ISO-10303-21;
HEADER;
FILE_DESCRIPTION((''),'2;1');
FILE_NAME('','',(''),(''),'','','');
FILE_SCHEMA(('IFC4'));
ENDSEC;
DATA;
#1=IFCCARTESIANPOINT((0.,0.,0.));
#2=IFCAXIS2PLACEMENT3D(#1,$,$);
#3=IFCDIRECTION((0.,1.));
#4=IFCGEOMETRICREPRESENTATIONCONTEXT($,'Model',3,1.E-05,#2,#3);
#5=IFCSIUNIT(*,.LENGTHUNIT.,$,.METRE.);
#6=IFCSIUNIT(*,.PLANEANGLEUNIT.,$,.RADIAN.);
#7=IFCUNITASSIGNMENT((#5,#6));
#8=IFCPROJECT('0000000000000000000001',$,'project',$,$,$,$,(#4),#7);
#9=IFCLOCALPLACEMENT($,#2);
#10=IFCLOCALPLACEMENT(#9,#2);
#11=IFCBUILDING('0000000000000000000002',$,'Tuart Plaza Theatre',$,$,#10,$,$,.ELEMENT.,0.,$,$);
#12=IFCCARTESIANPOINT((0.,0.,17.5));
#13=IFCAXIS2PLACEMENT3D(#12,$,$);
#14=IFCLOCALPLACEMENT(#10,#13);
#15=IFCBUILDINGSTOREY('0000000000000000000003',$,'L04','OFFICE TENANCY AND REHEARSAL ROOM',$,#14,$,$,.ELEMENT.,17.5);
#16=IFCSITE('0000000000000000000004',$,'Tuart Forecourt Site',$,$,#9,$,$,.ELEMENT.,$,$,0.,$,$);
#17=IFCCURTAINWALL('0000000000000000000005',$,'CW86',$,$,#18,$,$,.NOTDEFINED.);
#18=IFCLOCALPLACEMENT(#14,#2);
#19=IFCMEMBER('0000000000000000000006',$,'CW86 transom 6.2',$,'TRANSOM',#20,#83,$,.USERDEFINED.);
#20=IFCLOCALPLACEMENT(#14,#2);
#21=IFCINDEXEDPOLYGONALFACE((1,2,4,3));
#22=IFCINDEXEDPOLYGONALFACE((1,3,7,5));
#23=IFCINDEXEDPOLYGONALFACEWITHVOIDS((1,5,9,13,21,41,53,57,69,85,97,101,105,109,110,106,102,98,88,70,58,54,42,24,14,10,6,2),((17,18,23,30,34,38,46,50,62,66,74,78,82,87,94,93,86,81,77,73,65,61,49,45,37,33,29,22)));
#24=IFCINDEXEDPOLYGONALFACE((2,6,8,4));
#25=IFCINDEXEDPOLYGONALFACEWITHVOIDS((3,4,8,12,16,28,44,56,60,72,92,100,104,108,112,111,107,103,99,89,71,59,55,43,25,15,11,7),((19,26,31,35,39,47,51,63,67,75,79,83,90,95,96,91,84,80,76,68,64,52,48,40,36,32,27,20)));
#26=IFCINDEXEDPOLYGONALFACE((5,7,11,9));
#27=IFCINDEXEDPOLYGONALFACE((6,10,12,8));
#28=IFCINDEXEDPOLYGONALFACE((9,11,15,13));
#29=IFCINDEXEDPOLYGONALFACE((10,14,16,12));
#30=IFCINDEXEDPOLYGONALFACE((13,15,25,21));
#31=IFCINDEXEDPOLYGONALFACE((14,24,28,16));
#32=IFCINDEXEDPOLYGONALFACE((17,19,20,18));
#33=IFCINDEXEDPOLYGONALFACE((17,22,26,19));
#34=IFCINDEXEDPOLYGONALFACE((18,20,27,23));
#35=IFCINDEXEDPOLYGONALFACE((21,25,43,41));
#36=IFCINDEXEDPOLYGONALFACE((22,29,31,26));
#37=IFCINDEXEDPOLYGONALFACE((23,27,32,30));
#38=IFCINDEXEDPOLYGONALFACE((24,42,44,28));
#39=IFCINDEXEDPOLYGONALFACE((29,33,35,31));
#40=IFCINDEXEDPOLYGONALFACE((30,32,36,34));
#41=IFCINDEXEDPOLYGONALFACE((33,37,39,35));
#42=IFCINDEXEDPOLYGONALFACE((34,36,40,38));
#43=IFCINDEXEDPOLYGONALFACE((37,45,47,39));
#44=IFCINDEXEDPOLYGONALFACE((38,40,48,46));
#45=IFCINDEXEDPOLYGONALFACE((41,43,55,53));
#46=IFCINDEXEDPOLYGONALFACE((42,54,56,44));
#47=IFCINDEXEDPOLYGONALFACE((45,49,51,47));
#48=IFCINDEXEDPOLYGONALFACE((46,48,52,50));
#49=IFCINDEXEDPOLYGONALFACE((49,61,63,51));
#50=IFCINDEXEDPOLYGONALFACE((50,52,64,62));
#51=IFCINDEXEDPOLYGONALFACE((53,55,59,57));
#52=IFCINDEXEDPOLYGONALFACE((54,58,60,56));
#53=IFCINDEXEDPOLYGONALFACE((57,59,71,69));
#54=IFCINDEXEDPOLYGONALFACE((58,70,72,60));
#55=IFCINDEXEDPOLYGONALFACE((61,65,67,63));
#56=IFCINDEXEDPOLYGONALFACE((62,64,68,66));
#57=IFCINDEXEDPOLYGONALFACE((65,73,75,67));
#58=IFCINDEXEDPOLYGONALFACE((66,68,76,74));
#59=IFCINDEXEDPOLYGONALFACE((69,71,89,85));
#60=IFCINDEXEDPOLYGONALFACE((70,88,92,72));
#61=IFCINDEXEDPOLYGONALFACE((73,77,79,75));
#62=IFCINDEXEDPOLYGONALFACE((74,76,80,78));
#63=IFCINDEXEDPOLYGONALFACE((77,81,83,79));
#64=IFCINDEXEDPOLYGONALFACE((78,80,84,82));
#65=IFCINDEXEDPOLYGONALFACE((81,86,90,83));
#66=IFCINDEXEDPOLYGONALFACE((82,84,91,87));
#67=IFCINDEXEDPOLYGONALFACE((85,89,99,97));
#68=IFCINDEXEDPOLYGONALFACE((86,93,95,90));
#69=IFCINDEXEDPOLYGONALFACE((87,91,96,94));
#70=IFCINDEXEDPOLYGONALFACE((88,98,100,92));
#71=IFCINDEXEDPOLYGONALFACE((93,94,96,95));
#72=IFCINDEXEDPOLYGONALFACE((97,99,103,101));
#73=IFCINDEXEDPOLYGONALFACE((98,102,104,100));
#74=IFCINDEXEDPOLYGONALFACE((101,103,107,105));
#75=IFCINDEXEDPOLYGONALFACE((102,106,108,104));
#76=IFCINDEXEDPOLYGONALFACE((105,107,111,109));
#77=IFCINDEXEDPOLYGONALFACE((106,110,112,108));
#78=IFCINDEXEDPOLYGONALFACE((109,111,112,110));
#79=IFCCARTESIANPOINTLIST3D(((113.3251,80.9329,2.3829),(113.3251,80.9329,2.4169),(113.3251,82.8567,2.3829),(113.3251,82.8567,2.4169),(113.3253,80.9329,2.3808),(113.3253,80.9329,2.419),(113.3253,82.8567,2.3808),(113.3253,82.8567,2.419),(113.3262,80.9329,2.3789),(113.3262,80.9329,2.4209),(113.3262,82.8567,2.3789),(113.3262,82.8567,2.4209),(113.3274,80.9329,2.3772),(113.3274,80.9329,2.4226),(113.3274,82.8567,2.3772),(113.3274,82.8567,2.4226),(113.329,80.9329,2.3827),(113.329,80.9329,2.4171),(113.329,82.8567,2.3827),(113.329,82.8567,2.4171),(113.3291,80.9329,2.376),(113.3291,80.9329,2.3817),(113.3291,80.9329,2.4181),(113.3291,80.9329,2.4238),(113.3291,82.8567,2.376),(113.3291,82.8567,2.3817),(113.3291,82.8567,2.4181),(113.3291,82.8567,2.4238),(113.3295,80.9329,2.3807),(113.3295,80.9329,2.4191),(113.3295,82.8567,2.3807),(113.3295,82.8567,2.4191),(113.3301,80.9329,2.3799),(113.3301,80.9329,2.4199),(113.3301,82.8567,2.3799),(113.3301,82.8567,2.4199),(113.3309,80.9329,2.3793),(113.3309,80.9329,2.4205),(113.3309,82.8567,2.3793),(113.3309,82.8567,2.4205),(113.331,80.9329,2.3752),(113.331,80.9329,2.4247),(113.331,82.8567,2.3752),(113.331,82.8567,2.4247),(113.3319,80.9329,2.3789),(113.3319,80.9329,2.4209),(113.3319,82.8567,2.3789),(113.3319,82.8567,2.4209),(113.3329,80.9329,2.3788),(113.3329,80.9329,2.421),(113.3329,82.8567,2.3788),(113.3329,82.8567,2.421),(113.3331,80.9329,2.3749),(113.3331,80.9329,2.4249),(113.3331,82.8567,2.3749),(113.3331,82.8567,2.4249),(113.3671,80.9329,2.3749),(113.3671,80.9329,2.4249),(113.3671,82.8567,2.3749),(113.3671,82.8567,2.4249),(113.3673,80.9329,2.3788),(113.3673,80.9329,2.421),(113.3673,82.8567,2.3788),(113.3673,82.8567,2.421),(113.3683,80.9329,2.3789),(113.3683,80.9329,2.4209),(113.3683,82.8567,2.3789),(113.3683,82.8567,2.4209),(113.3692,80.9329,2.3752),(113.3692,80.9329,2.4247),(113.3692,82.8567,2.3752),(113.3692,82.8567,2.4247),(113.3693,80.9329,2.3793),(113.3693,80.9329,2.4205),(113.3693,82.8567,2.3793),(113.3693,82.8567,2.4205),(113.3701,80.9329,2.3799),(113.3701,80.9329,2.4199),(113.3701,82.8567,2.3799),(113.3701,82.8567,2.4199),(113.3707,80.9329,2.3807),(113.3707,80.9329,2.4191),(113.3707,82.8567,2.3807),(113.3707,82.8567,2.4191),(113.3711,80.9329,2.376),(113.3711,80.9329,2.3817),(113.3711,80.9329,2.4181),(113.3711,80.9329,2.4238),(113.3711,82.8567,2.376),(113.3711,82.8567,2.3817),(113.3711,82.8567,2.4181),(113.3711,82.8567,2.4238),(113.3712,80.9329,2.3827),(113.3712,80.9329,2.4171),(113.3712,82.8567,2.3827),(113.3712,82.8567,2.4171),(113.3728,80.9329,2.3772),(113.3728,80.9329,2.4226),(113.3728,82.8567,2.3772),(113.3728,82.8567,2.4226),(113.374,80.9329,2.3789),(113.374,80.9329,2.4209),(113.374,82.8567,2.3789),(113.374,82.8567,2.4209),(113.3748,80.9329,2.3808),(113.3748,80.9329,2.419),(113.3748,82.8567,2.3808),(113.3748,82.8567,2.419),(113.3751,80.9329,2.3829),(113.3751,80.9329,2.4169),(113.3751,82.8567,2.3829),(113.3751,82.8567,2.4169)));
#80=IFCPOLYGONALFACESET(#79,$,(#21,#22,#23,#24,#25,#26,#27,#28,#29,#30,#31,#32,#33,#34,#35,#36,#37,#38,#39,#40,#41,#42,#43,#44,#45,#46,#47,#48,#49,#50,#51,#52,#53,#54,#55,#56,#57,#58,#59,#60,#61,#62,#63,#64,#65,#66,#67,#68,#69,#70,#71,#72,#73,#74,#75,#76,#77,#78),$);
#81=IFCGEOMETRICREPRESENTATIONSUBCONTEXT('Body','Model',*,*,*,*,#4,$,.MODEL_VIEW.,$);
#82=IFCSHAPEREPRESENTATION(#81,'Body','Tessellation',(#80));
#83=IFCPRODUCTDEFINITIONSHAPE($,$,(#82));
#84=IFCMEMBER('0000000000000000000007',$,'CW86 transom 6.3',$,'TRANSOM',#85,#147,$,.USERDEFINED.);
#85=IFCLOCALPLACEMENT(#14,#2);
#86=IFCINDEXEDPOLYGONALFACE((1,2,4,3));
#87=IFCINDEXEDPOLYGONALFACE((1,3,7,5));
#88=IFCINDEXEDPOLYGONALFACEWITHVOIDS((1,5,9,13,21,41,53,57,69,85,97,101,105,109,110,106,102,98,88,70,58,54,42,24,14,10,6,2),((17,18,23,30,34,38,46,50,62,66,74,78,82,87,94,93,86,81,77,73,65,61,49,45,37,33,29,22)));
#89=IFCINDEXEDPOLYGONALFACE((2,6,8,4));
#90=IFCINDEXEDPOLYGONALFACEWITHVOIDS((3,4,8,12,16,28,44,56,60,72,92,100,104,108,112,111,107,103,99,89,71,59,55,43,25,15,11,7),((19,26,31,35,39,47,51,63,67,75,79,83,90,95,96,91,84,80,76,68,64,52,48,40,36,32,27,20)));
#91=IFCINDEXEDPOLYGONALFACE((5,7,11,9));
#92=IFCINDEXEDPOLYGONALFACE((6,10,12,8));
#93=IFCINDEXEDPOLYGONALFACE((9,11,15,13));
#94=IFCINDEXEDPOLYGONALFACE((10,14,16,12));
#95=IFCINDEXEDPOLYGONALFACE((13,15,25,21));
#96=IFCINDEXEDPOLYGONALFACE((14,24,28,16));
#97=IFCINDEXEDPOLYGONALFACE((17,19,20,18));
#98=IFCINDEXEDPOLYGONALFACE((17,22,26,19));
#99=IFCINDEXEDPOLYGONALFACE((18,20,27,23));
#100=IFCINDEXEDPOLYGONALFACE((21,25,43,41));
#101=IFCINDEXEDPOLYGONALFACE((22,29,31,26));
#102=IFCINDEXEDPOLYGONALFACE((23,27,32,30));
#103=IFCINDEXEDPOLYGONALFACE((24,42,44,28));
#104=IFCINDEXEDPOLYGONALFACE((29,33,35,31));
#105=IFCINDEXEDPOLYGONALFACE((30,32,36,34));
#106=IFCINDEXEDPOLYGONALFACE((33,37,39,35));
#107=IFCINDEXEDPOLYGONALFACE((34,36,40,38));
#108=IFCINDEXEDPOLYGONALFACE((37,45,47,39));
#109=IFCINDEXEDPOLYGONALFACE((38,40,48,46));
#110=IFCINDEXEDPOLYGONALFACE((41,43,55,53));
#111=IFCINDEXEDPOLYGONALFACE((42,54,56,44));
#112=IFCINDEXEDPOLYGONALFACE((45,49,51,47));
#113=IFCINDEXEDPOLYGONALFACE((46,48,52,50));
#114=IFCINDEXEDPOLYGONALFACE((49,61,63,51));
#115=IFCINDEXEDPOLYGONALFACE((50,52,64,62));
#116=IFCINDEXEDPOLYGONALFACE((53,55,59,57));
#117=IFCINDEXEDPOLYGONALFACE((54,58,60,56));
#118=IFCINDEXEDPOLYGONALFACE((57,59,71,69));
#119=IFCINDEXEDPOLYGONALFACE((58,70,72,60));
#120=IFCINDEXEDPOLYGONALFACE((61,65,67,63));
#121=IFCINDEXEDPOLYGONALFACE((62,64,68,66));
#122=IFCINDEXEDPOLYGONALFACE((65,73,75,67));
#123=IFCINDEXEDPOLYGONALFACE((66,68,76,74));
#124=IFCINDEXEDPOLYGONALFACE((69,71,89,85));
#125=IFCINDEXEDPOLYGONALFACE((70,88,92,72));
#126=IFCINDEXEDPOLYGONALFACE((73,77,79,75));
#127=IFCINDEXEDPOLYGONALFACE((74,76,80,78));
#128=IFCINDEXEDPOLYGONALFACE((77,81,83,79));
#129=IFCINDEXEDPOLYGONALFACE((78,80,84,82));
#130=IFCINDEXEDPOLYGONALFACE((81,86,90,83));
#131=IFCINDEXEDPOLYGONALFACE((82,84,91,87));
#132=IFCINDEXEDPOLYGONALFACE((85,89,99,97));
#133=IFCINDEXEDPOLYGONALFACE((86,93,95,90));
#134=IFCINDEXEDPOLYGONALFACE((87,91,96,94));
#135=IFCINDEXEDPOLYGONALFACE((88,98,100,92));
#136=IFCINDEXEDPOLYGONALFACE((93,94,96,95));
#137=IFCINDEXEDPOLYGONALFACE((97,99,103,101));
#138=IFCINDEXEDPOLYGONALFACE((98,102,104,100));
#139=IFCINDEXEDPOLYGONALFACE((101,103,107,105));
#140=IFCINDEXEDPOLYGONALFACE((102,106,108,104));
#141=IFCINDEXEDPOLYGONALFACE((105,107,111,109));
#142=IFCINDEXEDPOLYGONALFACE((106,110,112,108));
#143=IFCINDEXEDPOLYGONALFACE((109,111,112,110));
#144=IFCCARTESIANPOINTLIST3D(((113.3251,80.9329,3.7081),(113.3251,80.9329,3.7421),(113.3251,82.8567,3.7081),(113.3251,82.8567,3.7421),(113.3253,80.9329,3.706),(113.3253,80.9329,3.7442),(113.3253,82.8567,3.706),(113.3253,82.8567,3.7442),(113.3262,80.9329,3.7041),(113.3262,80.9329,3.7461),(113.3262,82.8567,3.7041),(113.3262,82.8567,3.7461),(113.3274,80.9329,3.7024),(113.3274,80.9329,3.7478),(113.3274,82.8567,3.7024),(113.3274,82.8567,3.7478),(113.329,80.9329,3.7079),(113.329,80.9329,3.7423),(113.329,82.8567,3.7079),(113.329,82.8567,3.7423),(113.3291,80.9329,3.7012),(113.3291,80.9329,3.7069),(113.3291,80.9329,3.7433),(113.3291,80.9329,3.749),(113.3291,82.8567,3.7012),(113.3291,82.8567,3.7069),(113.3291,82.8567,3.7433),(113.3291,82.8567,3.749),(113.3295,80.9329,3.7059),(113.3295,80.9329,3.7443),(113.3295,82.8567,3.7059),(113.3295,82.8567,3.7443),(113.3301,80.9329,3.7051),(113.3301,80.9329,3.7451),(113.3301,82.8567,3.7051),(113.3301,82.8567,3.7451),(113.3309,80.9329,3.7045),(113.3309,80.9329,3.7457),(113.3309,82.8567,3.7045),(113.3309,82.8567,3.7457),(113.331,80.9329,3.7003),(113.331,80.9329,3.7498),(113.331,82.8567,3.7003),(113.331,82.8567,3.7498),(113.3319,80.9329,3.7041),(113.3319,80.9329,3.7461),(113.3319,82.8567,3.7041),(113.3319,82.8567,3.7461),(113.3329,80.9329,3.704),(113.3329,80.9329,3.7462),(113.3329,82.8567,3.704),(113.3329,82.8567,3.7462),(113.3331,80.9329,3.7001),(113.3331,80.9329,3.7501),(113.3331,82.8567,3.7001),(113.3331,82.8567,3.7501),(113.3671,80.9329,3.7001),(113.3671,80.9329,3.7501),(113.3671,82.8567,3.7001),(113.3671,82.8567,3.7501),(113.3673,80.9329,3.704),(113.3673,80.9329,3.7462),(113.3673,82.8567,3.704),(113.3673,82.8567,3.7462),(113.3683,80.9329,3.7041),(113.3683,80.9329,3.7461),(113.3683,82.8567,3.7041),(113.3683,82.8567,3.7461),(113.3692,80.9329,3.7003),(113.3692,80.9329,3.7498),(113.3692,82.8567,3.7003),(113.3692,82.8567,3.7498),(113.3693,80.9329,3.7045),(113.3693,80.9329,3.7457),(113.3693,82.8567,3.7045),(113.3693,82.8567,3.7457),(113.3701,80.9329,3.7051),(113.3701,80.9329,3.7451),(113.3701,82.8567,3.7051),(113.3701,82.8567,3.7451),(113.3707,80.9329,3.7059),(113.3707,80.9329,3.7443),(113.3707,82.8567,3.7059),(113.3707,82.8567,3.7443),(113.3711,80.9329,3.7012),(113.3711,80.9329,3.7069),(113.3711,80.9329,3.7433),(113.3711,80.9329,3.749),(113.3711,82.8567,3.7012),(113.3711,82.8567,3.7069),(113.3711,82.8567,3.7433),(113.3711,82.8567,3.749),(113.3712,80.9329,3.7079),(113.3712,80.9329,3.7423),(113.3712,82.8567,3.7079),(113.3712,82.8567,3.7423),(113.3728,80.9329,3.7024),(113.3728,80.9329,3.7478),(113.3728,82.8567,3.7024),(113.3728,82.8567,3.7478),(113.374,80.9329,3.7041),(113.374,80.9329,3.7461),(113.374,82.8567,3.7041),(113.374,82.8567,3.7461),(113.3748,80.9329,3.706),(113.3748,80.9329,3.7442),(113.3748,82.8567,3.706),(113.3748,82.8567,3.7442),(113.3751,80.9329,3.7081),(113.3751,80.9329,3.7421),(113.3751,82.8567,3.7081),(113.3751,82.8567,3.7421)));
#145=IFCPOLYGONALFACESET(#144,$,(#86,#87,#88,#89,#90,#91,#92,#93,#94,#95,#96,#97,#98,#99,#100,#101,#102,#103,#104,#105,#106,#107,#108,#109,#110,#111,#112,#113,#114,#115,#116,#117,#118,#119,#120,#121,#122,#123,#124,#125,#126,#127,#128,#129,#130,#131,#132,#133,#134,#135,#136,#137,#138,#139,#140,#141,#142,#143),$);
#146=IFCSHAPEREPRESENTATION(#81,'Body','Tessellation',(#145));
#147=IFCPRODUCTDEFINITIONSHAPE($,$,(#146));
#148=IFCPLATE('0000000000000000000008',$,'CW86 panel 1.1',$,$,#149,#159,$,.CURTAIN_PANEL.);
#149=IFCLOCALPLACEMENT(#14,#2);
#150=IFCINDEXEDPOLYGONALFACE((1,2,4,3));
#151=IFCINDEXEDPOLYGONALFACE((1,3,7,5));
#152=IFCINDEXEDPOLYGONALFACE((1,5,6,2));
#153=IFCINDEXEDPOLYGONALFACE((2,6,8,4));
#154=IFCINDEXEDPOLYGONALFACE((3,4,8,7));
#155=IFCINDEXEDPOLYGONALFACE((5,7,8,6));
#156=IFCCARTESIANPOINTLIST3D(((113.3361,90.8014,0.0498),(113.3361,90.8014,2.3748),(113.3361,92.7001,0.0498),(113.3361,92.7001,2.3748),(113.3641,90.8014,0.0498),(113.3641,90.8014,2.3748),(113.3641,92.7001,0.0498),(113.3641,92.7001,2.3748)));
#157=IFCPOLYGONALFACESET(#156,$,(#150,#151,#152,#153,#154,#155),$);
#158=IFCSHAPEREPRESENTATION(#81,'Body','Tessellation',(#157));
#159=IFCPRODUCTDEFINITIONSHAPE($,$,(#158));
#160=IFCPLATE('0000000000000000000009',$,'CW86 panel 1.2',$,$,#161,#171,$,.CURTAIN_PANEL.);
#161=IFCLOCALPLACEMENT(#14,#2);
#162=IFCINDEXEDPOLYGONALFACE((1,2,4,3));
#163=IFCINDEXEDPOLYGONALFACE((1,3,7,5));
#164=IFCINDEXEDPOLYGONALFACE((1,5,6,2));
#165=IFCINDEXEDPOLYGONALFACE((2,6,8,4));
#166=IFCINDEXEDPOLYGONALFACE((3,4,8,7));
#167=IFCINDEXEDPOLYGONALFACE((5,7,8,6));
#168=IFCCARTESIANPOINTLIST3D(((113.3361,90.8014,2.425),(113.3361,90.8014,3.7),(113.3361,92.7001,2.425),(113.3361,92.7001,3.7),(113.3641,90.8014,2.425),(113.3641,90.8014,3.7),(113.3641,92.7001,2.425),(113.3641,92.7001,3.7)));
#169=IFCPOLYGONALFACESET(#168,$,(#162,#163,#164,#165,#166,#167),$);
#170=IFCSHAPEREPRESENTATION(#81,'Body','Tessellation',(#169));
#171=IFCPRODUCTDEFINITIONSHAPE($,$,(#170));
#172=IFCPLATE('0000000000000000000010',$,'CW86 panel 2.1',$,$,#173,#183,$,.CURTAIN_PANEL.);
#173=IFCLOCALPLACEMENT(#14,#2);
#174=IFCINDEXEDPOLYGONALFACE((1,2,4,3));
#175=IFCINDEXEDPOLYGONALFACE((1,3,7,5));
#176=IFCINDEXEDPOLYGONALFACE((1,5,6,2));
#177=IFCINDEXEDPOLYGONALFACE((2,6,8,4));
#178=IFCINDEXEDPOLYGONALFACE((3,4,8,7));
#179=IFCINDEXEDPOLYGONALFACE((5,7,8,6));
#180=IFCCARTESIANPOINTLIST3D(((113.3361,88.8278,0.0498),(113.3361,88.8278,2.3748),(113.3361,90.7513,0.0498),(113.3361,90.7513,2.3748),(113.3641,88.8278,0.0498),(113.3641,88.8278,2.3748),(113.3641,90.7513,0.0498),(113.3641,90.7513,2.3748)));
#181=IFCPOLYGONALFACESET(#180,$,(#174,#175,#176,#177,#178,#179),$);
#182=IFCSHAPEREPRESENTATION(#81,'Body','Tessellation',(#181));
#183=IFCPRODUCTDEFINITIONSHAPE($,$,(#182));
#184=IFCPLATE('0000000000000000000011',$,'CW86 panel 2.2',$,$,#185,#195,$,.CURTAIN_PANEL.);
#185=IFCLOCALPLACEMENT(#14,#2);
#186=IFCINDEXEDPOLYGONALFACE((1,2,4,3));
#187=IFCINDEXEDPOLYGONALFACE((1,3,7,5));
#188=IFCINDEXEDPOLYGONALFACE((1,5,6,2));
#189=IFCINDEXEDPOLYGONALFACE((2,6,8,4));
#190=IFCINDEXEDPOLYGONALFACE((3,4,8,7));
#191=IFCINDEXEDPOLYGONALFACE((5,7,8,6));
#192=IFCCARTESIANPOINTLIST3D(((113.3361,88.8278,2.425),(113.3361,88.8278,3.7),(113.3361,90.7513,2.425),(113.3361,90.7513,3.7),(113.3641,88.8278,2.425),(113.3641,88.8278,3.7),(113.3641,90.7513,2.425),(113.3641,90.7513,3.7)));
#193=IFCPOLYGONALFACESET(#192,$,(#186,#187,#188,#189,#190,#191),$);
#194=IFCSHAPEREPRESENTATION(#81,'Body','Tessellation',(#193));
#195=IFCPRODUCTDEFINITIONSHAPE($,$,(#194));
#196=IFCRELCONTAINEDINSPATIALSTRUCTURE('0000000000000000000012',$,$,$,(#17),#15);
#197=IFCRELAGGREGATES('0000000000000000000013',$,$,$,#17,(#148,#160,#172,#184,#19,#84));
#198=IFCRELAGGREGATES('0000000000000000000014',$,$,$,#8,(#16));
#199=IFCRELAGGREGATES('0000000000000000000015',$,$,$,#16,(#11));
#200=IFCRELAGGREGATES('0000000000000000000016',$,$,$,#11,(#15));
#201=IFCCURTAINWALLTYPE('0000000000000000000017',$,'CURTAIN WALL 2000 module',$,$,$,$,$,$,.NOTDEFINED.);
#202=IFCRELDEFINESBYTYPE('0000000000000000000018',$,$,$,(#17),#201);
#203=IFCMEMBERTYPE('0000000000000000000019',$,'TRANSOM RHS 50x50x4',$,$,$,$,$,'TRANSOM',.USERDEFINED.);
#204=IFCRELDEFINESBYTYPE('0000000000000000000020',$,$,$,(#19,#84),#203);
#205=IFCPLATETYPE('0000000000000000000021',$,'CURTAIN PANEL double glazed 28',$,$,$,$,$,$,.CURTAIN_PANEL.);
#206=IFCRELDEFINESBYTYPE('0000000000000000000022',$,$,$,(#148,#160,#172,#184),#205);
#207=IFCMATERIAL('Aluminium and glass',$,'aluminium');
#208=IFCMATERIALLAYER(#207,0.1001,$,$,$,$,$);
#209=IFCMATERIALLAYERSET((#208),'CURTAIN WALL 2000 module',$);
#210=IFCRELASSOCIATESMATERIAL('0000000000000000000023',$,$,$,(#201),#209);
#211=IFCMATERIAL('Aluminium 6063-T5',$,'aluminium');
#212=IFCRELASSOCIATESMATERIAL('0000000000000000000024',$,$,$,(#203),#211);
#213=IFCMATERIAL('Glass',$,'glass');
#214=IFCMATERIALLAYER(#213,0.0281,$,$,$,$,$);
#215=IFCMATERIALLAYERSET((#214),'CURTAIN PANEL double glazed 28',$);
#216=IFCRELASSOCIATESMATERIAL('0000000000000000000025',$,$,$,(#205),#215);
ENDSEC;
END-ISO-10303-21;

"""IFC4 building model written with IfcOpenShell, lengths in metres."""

from ifc_helpers import new_model, si_unit, direction, frame, origin, origin_2d, place, context, subcontext, project, spatial, rectangle, hollow_rectangle, extrude, material, layer, layer_set, material_profile, profile_set, type_object, element, aggregate, save


model = new_model("IFC4")

# Units and contexts
model_context = context("Model", 3, precision=1e-05, world=origin(), true_north=direction((0.0, 1.0)))
body_context = subcontext(model_context, "Body", "Model", "MODEL_VIEW")
ifc_project = project(units=[si_unit("LENGTHUNIT", "METRE"), si_unit("PLANEANGLEUNIT", "RADIAN")], contexts=[model_context])

# Site, building, storey
site_placement = place(None, origin())
site = spatial("IfcSite", under=ifc_project, at=site_placement, Name="Tuart Forecourt Site", CompositionType="ELEMENT", RefElevation=0.0)
building_placement = place(site_placement, origin())
building = spatial("IfcBuilding", under=site, at=building_placement, Name="Tuart Plaza Theatre", CompositionType="ELEMENT", ElevationOfRefHeight=0.0)
storey_placement = place(building_placement, frame((0.0, 0.0, 17.5)))
storey = spatial("IfcBuildingStorey", under=building, at=storey_placement, Name="L04", Description="OFFICE TENANCY AND REHEARSAL ROOM", CompositionType="ELEMENT", Elevation=17.5)

# Curtain wall, members, plates
ifc_material_1 = material(Name="Aluminium and glass", Category="aluminium")
ifc_layer_1 = layer(ifc_material_1, 0.1001)
ifc_layer_set_1 = layer_set([ifc_layer_1], Name="CURTAIN WALL 2000 module")
curtain_wall_type = type_object("IfcCurtainWallType", Name="CURTAIN WALL 2000 module", PredefinedType="NOTDEFINED", material=ifc_layer_set_1)
curtain_wall_placement = place(storey_placement, origin())
curtain_wall = element("IfcCurtainWall", 1, at=curtain_wall_placement, inside=storey, type_object=curtain_wall_type, Name="CW86", PredefinedType="NOTDEFINED")
ifc_material_2 = material(Name="Aluminium 6063-T5", Category="aluminium")
ifc_material_profile_1 = material_profile(ifc_material_2, hollow_rectangle(XDim=0.05, YDim=0.05, WallThickness=0.0039, InnerFilletRadius=0.0039, OuterFilletRadius=0.0081, at=origin_2d()), Name="RHS 50x50x4")
ifc_profile_set_1 = profile_set([ifc_material_profile_1], Name="Aluminium 6063-T5")
member_type_1 = type_object("IfcMemberType", Name="TRANSOM RHS 50x50x4", ElementType="TRANSOM", PredefinedType="USERDEFINED", material=ifc_profile_set_1)
member_1_placement = place(storey_placement, frame((113.3501, 82.8567, 2.3999), z_axis=(0.0, -1.0, 0.0), x_axis=(1.0, 0.0, 0.0)))
member_1 = element("IfcMember", 2, at=member_1_placement, type_object=member_type_1, Name="CW86 transom 6.2", ObjectType="TRANSOM", PredefinedType="USERDEFINED", context=body_context, shape_type="SweptSolid", body=[
    extrude(hollow_rectangle(XDim=0.05, YDim=0.05, WallThickness=0.0039, InnerFilletRadius=0.0039, OuterFilletRadius=0.0081, at=origin_2d()), origin(), (0.0, 0.0, 1.0), 1.9238),
])
member_2_placement = place(storey_placement, frame((113.3501, 82.8567, 3.7251), z_axis=(0.0, -1.0, 0.0), x_axis=(1.0, 0.0, 0.0)))
member_2 = element("IfcMember", 3, at=member_2_placement, type_object=member_type_1, Name="CW86 transom 6.3", ObjectType="TRANSOM", PredefinedType="USERDEFINED", context=body_context, shape_type="SweptSolid", body=[
    extrude(hollow_rectangle(XDim=0.05, YDim=0.05, WallThickness=0.0039, InnerFilletRadius=0.0039, OuterFilletRadius=0.0081, at=origin_2d()), origin(), (0.0, 0.0, 1.0), 1.9238),
])
ifc_material_3 = material(Name="Glass", Category="glass")
ifc_layer_2 = layer(ifc_material_3, 0.0281)
ifc_layer_set_2 = layer_set([ifc_layer_2], Name="CURTAIN PANEL double glazed 28")
plate_type = type_object("IfcPlateType", Name="CURTAIN PANEL double glazed 28", PredefinedType="CURTAIN_PANEL", material=ifc_layer_set_2)
plate_1_placement = place(storey_placement, frame((113.3501, 91.7507, 0.0498), z_axis=(0.0, 0.0, 1.0), x_axis=(0.0, -1.0, 0.0)))
plate_1 = element("IfcPlate", 4, at=plate_1_placement, type_object=plate_type, Name="CW86 panel 1.1", PredefinedType="CURTAIN_PANEL", context=body_context, shape_type="SweptSolid", body=[
    extrude(rectangle(XDim=1.8987, YDim=0.0281, at=origin_2d()), origin(), (0.0, 0.0, 1.0), 2.325),
])
plate_2_placement = place(storey_placement, frame((113.3501, 91.7507, 2.425), z_axis=(0.0, 0.0, 1.0), x_axis=(0.0, -1.0, 0.0)))
plate_2 = element("IfcPlate", 5, at=plate_2_placement, type_object=plate_type, Name="CW86 panel 1.2", PredefinedType="CURTAIN_PANEL", context=body_context, shape_type="SweptSolid", body=[
    extrude(rectangle(XDim=1.8987, YDim=0.0281, at=origin_2d()), origin(), (0.0, 0.0, 1.0), 1.2749),
])
plate_3_placement = place(storey_placement, frame((113.3501, 89.7896, 0.0498), z_axis=(0.0, 0.0, 1.0), x_axis=(0.0, -1.0, 0.0)))
plate_3 = element("IfcPlate", 6, at=plate_3_placement, type_object=plate_type, Name="CW86 panel 2.1", PredefinedType="CURTAIN_PANEL", context=body_context, shape_type="SweptSolid", body=[
    extrude(rectangle(XDim=1.9236, YDim=0.0281, at=origin_2d()), origin(), (0.0, 0.0, 1.0), 2.325),
])
plate_4_placement = place(storey_placement, frame((113.3501, 89.7896, 2.425), z_axis=(0.0, 0.0, 1.0), x_axis=(0.0, -1.0, 0.0)))
plate_4 = element("IfcPlate", 7, at=plate_4_placement, type_object=plate_type, Name="CW86 panel 2.2", PredefinedType="CURTAIN_PANEL", context=body_context, shape_type="SweptSolid", body=[
    extrude(rectangle(XDim=1.9236, YDim=0.0281, at=origin_2d()), origin(), (0.0, 0.0, 1.0), 1.2749),
])
aggregate(curtain_wall, [plate_1, plate_2, plate_3, plate_4, member_1, member_2])

save(model, "model.ifc")
